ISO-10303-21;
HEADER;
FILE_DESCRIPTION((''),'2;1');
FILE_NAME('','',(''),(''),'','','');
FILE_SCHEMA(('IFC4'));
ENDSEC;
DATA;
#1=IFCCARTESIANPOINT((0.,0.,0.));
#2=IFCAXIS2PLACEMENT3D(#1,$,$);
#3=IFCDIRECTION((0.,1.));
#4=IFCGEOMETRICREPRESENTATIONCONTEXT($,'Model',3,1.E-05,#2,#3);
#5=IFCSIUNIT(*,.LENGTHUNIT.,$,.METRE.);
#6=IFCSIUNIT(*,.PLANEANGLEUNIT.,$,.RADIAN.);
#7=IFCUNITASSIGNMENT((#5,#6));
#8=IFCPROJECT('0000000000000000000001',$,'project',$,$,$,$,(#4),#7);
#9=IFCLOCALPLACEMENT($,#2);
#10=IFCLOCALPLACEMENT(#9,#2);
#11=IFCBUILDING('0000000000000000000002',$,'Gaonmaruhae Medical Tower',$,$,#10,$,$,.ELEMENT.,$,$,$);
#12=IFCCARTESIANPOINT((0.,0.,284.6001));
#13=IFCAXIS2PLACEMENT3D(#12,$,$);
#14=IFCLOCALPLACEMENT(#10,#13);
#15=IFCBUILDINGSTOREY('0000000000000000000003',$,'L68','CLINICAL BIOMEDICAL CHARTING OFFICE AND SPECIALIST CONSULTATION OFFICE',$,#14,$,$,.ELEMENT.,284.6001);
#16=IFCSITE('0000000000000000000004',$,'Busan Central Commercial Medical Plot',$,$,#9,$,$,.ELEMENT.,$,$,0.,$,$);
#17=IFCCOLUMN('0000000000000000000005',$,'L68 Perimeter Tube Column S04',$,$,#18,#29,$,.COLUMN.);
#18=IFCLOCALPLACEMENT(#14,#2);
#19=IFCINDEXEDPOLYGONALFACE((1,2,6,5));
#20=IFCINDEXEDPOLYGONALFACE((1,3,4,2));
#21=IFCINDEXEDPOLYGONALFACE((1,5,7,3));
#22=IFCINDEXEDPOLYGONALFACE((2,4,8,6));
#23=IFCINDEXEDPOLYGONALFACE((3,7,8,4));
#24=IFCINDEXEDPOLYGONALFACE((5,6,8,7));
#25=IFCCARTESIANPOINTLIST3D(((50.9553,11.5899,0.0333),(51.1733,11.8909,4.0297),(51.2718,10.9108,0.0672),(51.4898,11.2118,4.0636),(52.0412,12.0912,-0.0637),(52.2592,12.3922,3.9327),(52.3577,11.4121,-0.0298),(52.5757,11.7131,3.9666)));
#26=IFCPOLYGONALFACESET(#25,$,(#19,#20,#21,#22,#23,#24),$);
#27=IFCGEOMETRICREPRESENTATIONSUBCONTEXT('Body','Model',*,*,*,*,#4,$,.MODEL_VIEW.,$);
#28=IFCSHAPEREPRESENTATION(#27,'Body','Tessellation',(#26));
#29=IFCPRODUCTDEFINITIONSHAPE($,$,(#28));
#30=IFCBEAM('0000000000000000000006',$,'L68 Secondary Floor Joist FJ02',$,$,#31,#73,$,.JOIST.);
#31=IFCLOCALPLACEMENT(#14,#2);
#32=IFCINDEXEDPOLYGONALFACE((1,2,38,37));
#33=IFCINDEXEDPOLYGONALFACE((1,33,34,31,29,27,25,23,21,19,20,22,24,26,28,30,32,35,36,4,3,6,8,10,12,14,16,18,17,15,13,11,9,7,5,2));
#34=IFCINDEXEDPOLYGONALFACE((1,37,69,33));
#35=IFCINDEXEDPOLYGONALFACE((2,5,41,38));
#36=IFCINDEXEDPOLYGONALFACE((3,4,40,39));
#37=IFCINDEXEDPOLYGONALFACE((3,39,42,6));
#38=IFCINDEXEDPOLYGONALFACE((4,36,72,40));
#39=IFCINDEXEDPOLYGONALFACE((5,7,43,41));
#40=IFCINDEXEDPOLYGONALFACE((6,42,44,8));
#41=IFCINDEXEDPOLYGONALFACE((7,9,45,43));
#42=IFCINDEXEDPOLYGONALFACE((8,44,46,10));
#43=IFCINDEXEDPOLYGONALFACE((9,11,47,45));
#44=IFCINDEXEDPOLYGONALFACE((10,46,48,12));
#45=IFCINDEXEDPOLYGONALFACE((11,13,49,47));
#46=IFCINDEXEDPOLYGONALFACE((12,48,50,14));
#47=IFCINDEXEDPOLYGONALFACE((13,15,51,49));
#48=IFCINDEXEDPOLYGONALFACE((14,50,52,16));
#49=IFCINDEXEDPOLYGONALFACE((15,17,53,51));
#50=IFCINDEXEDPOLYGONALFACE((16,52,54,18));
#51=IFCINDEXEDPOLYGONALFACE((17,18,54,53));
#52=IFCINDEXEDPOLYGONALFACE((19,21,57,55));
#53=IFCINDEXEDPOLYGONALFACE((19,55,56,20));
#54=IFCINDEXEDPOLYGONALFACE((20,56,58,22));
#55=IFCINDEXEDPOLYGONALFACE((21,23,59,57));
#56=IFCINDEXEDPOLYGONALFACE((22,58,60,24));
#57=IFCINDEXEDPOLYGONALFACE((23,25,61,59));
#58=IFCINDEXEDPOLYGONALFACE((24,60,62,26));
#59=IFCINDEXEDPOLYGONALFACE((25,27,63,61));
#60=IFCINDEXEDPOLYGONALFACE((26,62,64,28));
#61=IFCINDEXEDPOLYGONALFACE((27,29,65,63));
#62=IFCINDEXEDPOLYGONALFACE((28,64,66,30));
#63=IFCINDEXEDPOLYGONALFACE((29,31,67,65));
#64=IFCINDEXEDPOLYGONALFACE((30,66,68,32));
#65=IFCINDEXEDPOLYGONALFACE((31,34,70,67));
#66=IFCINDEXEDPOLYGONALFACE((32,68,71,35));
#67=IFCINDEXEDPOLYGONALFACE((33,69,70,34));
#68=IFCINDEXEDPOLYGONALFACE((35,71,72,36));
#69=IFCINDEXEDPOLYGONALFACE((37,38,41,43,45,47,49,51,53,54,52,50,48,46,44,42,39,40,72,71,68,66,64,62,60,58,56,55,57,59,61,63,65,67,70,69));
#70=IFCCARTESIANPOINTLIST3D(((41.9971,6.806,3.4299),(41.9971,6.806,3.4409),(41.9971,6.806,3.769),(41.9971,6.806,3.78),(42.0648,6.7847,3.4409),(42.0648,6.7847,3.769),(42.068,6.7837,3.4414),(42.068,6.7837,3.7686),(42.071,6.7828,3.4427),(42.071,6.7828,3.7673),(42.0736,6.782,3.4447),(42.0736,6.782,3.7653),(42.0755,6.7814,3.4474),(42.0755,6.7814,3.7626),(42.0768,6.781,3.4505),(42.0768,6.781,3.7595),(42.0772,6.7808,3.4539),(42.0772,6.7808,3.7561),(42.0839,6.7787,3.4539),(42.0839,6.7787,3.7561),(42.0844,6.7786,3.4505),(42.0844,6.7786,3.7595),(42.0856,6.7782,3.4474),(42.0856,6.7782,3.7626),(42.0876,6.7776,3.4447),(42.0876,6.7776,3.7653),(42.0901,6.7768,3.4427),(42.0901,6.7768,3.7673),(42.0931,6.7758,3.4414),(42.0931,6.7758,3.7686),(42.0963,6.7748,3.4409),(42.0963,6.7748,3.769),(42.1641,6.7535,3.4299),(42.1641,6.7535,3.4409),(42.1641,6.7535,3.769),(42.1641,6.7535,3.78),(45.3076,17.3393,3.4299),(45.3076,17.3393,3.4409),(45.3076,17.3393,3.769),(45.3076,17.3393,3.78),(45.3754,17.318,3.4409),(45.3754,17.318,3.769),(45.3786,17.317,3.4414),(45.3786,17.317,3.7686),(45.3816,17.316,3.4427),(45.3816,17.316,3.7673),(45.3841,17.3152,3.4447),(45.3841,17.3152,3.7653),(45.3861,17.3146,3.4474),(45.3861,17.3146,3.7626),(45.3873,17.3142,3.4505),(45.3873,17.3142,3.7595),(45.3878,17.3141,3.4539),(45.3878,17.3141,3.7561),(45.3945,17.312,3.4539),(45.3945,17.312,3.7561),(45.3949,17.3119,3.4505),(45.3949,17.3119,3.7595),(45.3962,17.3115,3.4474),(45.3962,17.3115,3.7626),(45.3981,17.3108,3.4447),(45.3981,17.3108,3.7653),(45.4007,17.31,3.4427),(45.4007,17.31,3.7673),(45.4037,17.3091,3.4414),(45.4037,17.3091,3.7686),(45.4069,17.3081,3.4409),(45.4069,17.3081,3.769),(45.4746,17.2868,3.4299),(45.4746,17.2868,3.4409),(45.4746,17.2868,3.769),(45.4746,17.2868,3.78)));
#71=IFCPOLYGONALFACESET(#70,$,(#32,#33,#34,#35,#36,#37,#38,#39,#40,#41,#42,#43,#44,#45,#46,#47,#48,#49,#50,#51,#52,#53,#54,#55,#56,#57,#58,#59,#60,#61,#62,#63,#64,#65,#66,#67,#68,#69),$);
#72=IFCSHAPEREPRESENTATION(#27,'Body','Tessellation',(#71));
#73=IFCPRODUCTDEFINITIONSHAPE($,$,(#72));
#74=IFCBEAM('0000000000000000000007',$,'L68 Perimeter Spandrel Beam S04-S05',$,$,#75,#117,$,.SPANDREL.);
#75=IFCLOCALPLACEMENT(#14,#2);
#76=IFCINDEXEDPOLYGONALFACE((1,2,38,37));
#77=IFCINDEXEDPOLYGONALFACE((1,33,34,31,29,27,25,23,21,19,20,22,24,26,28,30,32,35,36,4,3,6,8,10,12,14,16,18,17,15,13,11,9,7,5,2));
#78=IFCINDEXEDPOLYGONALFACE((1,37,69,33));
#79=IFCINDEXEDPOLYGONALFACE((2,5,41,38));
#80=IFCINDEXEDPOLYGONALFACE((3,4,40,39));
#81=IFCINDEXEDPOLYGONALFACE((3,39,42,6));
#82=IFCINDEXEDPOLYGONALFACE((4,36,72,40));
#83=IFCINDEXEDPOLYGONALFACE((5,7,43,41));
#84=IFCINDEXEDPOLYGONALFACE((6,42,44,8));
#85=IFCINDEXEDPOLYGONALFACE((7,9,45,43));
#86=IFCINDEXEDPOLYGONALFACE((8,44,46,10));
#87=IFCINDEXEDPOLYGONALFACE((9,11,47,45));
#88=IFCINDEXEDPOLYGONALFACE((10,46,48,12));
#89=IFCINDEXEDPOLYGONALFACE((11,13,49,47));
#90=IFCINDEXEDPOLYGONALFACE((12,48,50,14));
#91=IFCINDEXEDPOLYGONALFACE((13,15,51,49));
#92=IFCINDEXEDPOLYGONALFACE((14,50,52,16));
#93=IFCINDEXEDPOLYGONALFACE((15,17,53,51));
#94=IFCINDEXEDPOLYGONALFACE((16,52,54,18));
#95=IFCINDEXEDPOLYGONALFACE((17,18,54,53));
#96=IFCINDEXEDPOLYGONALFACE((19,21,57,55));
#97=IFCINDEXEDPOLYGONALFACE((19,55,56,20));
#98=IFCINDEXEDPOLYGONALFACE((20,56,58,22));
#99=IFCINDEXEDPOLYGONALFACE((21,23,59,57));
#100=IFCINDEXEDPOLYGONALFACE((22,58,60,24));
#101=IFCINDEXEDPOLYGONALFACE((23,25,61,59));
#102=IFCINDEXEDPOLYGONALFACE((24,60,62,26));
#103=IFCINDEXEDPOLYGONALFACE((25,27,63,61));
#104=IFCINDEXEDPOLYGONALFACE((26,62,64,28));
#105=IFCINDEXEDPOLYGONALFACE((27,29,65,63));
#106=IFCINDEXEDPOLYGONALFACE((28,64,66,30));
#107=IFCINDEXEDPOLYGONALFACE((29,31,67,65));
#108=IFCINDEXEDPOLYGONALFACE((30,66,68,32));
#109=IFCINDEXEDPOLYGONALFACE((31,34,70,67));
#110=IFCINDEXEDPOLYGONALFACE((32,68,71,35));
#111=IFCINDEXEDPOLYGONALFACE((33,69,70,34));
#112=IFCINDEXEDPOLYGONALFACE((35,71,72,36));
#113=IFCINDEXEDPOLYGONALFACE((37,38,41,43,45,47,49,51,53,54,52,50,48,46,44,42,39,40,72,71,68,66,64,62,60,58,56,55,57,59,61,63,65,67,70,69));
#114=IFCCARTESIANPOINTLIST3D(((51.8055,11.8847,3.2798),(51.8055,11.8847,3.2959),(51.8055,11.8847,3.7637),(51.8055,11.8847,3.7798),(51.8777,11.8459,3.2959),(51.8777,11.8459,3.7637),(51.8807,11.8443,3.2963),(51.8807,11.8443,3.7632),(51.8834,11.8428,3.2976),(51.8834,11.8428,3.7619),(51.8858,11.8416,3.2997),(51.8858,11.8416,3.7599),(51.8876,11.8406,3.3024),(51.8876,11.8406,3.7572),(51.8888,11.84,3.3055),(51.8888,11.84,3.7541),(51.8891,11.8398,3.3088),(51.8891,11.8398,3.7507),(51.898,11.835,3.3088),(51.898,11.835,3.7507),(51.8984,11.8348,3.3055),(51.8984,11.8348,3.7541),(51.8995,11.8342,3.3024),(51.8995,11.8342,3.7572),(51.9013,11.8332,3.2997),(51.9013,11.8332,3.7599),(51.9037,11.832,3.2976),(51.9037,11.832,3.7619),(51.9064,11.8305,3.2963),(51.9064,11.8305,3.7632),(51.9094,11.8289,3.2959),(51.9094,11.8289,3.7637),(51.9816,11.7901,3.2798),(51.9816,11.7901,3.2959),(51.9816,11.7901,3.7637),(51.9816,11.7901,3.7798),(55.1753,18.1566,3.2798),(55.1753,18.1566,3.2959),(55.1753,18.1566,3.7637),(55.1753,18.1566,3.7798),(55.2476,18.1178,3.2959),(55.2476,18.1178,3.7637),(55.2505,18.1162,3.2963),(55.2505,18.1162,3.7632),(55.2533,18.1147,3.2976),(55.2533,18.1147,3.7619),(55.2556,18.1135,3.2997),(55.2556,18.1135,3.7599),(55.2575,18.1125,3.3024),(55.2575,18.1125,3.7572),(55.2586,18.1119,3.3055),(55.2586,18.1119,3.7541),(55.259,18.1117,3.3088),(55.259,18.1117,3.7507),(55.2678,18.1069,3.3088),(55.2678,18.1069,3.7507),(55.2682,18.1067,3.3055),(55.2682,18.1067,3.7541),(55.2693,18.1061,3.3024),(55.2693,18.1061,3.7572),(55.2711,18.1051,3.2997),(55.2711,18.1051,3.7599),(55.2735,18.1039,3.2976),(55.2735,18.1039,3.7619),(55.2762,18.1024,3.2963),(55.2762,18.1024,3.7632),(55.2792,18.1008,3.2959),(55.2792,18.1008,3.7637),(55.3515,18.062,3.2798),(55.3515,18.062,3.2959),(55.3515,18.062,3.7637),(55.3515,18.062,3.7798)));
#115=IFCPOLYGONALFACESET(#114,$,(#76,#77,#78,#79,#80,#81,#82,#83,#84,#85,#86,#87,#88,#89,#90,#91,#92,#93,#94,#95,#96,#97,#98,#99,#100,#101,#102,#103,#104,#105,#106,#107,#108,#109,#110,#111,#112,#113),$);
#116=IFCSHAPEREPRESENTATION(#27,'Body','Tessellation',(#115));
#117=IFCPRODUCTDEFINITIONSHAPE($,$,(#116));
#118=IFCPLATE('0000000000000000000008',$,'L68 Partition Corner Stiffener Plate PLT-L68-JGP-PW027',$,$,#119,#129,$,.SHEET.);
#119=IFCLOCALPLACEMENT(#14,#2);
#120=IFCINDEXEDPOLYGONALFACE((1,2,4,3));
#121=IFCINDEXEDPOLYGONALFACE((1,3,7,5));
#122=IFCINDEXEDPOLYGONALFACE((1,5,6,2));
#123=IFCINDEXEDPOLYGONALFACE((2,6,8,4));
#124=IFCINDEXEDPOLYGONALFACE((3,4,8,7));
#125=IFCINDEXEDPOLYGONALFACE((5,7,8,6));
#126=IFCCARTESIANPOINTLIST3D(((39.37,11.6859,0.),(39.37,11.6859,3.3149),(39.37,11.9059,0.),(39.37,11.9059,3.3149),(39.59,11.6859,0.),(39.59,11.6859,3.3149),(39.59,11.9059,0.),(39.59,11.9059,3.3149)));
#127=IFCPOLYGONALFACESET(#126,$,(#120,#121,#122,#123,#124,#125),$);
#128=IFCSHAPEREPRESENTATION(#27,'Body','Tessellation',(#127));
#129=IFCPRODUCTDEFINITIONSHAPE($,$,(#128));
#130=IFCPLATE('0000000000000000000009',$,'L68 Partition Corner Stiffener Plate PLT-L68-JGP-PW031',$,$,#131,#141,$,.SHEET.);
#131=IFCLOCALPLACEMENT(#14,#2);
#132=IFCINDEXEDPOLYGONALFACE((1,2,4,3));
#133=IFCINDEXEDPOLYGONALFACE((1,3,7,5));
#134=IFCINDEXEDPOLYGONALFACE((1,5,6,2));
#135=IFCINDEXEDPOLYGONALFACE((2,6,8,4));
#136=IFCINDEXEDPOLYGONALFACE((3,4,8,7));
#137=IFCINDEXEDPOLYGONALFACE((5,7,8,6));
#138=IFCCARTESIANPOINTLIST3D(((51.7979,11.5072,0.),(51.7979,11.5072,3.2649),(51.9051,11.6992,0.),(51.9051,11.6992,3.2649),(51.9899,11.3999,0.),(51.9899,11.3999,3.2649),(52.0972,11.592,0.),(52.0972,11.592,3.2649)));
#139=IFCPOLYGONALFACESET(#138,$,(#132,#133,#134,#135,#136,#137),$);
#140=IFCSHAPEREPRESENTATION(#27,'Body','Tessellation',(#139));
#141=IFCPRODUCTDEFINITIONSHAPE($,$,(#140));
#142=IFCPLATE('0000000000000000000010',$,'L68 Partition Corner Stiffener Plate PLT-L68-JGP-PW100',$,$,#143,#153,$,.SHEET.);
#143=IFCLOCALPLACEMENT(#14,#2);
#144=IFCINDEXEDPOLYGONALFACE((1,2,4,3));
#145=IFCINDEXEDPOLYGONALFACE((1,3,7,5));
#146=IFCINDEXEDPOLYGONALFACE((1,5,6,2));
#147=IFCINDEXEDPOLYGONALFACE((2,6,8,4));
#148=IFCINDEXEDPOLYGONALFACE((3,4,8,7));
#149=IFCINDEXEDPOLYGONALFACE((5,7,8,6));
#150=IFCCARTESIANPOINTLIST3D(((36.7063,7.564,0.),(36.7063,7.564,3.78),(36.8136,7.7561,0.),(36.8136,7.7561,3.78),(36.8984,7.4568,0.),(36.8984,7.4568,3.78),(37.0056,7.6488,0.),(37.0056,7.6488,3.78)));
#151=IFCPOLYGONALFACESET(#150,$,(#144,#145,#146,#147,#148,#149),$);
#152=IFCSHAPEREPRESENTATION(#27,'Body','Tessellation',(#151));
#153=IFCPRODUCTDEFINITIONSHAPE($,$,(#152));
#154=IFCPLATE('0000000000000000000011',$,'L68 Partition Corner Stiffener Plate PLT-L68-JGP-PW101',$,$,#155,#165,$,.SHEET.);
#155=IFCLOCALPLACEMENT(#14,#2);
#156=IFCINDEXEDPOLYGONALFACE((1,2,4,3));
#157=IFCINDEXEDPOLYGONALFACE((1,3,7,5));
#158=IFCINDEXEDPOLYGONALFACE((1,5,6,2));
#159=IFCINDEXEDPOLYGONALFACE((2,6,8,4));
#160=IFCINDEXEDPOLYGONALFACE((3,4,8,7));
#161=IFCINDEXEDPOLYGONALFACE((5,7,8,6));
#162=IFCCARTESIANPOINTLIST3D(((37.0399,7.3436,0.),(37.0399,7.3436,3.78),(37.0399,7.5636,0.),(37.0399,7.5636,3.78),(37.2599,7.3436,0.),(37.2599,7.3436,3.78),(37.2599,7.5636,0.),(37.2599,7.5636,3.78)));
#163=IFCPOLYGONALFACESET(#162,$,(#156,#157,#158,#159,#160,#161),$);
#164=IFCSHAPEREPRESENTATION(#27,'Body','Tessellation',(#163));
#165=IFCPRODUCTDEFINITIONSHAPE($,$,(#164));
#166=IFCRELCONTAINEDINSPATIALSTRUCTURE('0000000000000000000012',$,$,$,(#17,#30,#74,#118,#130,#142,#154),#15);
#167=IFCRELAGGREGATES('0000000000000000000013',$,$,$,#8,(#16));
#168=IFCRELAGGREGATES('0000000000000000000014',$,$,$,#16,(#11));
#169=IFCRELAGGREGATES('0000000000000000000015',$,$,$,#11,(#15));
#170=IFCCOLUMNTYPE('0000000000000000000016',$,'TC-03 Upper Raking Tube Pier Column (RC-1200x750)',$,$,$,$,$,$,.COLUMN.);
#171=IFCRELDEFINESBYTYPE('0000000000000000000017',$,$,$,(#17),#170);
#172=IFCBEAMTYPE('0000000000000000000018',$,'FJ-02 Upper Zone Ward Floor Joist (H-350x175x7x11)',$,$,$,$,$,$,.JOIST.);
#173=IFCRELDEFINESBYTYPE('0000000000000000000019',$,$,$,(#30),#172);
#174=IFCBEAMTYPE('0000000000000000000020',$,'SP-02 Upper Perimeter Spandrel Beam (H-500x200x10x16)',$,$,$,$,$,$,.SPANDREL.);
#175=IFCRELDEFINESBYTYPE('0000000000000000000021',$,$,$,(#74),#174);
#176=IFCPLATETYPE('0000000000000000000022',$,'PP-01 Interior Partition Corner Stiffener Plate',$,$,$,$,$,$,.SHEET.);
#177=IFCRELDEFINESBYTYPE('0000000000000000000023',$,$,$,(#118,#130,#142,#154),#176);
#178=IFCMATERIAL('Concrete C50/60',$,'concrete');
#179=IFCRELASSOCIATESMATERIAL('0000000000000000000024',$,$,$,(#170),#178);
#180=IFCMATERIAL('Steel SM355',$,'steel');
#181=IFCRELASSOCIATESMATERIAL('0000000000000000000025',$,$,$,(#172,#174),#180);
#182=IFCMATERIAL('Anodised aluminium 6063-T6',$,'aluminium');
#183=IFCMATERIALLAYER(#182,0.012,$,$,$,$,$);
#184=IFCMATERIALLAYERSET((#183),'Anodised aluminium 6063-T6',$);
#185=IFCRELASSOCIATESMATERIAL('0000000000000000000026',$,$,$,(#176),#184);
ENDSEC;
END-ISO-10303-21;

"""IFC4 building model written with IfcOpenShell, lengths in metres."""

from ifc_helpers import new_model, si_unit, direction, frame, origin, origin_2d, place, context, subcontext, project, spatial, rectangle, i_section, extrude, material, layer, layer_set, material_profile, profile_set, type_object, element, save


model = new_model("IFC4")

# Units and contexts
model_context = context("Model", 3, precision=1e-05, world=origin(), true_north=direction((0.0, 1.0)))
body_context = subcontext(model_context, "Body", "Model", "MODEL_VIEW")
ifc_project = project(units=[si_unit("LENGTHUNIT", "METRE"), si_unit("PLANEANGLEUNIT", "RADIAN")], contexts=[model_context])

# Site, building, storey
site_placement = place(None, origin())
site = spatial("IfcSite", under=ifc_project, at=site_placement, Name="Busan Central Commercial Medical Plot", CompositionType="ELEMENT", RefElevation=0.0)
building_placement = place(site_placement, origin())
building = spatial("IfcBuilding", under=site, at=building_placement, Name="Gaonmaruhae Medical Tower", CompositionType="ELEMENT")
storey_placement = place(building_placement, frame((0.0, 0.0, 284.6001)))
storey = spatial("IfcBuildingStorey", under=building, at=storey_placement, Name="L68", Description="CLINICAL BIOMEDICAL CHARTING OFFICE AND SPECIALIST CONSULTATION OFFICE", CompositionType="ELEMENT", Elevation=284.6001)

# Column
ifc_material_1 = material(Name="Concrete C50/60", Category="concrete")
ifc_material_profile_1 = material_profile(ifc_material_1, rectangle(XDim=1.2, YDim=0.75, at=origin_2d()), Name="RC-1200x750")
ifc_profile_set_1 = profile_set([ifc_material_profile_1], Name="Concrete C50/60")
column_type = type_object("IfcColumnType", Name="TC-03 Upper Raking Tube Pier Column (RC-1200x750)", PredefinedType="COLUMN", material=ifc_profile_set_1)
column_placement = place(storey_placement, frame((51.6565, 11.501, 0.0017), z_axis=(0.05432, 0.075002, 0.995703), x_axis=(-0.904946, -0.417777, 0.080838)))
element("IfcColumn", 1, at=column_placement, inside=storey, type_object=column_type, Name="L68 Perimeter Tube Column S04", PredefinedType="COLUMN", context=body_context, shape_type="SweptSolid", body=[
    extrude(rectangle(XDim=1.2, YDim=0.75, at=origin_2d()), origin(), (0.0, 0.0, 1.0), 4.0137),
])

# Beams
ifc_material_2 = material(Name="Steel SM355", Category="steel")
ifc_material_profile_2 = material_profile(ifc_material_2, i_section(OverallWidth=0.175, OverallDepth=0.3501, WebThickness=0.0071, FlangeThickness=0.011, FilletRadius=0.0129, at=origin_2d()), Name="H-350x175x7x11")
ifc_profile_set_2 = profile_set([ifc_material_profile_2], Name="Steel SM355")
beam_type_1 = type_object("IfcBeamType", Name="FJ-02 Upper Zone Ward Floor Joist (H-350x175x7x11)", PredefinedType="JOIST", material=ifc_profile_set_2)
beam_1_placement = place(storey_placement, frame((42.0806, 6.7798, 3.605), z_axis=(0.299836, 0.953991, 0.0), x_axis=(-0.953991, 0.299836, 0.0)))
element("IfcBeam", 2, at=beam_1_placement, inside=storey, type_object=beam_type_1, Name="L68 Secondary Floor Joist FJ02", PredefinedType="JOIST", context=body_context, shape_type="SweptSolid", body=[
    extrude(i_section(OverallWidth=0.175, OverallDepth=0.3501, WebThickness=0.0071, FlangeThickness=0.011, FilletRadius=0.0129, at=origin_2d()), origin(), (0.0, 0.0, 1.0), 11.0413),
])
ifc_material_profile_3 = material_profile(ifc_material_2, i_section(OverallWidth=0.2, OverallDepth=0.5, WebThickness=0.01, FlangeThickness=0.0161, FilletRadius=0.0129, at=origin_2d()), Name="H-500x200x10x16")
ifc_profile_set_3 = profile_set([ifc_material_profile_3], Name="Steel SM355")
beam_type_2 = type_object("IfcBeamType", Name="SP-02 Upper Perimeter Spandrel Beam (H-500x200x10x16)", PredefinedType="SPANDREL", material=ifc_profile_set_3)
beam_2_placement = place(storey_placement, frame((51.8936, 11.8374, 3.5298), z_axis=(0.4733, 0.880901, 0.0), x_axis=(-0.880901, 0.4733, 0.0)))
element("IfcBeam", 3, at=beam_2_placement, inside=storey, type_object=beam_type_2, Name="L68 Perimeter Spandrel Beam S04-S05", PredefinedType="SPANDREL", context=body_context, shape_type="SweptSolid", body=[
    extrude(i_section(OverallWidth=0.2, OverallDepth=0.5, WebThickness=0.01, FlangeThickness=0.0161, FilletRadius=0.0129, at=origin_2d()), origin(), (0.0, 0.0, 1.0), 7.1199),
])

# Plates
ifc_material_3 = material(Name="Anodised aluminium 6063-T6", Category="aluminium")
ifc_layer_1 = layer(ifc_material_3, 0.012)
ifc_layer_set_1 = layer_set([ifc_layer_1], Name="Anodised aluminium 6063-T6")
plate_type = type_object("IfcPlateType", Name="PP-01 Interior Partition Corner Stiffener Plate", PredefinedType="SHEET", material=ifc_layer_set_1)
plate_1_placement = place(storey_placement, frame((39.48, 11.7959, 0.0), z_axis=(0.0, 0.0, 1.0), x_axis=(0.0, 1.0, 0.0)))
element("IfcPlate", 4, at=plate_1_placement, inside=storey, type_object=plate_type, Name="L68 Partition Corner Stiffener Plate PLT-L68-JGP-PW027", PredefinedType="SHEET", context=body_context, shape_type="SweptSolid", body=[
    extrude(rectangle(XDim=0.22, YDim=0.22, at=origin_2d()), origin(), (0.0, 0.0, 1.0), 3.3149),
])
plate_2_placement = place(storey_placement, frame((51.9475, 11.5496, 0.0), z_axis=(0.0, 0.0, 1.0), x_axis=(-0.48757, -0.873084, 0.0)))
element("IfcPlate", 5, at=plate_2_placement, inside=storey, type_object=plate_type, Name="L68 Partition Corner Stiffener Plate PLT-L68-JGP-PW031", PredefinedType="SHEET", context=body_context, shape_type="SweptSolid", body=[
    extrude(rectangle(XDim=0.22, YDim=0.22, at=origin_2d()), origin(), (0.0, 0.0, 1.0), 3.2649),
])
for number, where, z_axis, x_axis, name in (
    (6, (36.856, 7.6064, 0.0), (0.0, 0.0, 1.0), (0.487585, 0.873075, 0.0), "L68 Partition Corner Stiffener Plate PLT-L68-JGP-PW100"),
    (7, (37.1499, 7.4536, 0.0), (0.0, 0.0, 1.0), (0.0, -1.0, 0.0), "L68 Partition Corner Stiffener Plate PLT-L68-JGP-PW101"),
):
    element("IfcPlate", number, at=place(storey_placement, frame(where, z_axis=z_axis, x_axis=x_axis)), inside=storey, type_object=plate_type, Name=name, PredefinedType="SHEET", context=body_context, shape_type="SweptSolid", body=[
        extrude(rectangle(XDim=0.22, YDim=0.22, at=origin_2d()), origin(), (0.0, 0.0, 1.0), 3.78),
    ])

save(model, "model.ifc")
